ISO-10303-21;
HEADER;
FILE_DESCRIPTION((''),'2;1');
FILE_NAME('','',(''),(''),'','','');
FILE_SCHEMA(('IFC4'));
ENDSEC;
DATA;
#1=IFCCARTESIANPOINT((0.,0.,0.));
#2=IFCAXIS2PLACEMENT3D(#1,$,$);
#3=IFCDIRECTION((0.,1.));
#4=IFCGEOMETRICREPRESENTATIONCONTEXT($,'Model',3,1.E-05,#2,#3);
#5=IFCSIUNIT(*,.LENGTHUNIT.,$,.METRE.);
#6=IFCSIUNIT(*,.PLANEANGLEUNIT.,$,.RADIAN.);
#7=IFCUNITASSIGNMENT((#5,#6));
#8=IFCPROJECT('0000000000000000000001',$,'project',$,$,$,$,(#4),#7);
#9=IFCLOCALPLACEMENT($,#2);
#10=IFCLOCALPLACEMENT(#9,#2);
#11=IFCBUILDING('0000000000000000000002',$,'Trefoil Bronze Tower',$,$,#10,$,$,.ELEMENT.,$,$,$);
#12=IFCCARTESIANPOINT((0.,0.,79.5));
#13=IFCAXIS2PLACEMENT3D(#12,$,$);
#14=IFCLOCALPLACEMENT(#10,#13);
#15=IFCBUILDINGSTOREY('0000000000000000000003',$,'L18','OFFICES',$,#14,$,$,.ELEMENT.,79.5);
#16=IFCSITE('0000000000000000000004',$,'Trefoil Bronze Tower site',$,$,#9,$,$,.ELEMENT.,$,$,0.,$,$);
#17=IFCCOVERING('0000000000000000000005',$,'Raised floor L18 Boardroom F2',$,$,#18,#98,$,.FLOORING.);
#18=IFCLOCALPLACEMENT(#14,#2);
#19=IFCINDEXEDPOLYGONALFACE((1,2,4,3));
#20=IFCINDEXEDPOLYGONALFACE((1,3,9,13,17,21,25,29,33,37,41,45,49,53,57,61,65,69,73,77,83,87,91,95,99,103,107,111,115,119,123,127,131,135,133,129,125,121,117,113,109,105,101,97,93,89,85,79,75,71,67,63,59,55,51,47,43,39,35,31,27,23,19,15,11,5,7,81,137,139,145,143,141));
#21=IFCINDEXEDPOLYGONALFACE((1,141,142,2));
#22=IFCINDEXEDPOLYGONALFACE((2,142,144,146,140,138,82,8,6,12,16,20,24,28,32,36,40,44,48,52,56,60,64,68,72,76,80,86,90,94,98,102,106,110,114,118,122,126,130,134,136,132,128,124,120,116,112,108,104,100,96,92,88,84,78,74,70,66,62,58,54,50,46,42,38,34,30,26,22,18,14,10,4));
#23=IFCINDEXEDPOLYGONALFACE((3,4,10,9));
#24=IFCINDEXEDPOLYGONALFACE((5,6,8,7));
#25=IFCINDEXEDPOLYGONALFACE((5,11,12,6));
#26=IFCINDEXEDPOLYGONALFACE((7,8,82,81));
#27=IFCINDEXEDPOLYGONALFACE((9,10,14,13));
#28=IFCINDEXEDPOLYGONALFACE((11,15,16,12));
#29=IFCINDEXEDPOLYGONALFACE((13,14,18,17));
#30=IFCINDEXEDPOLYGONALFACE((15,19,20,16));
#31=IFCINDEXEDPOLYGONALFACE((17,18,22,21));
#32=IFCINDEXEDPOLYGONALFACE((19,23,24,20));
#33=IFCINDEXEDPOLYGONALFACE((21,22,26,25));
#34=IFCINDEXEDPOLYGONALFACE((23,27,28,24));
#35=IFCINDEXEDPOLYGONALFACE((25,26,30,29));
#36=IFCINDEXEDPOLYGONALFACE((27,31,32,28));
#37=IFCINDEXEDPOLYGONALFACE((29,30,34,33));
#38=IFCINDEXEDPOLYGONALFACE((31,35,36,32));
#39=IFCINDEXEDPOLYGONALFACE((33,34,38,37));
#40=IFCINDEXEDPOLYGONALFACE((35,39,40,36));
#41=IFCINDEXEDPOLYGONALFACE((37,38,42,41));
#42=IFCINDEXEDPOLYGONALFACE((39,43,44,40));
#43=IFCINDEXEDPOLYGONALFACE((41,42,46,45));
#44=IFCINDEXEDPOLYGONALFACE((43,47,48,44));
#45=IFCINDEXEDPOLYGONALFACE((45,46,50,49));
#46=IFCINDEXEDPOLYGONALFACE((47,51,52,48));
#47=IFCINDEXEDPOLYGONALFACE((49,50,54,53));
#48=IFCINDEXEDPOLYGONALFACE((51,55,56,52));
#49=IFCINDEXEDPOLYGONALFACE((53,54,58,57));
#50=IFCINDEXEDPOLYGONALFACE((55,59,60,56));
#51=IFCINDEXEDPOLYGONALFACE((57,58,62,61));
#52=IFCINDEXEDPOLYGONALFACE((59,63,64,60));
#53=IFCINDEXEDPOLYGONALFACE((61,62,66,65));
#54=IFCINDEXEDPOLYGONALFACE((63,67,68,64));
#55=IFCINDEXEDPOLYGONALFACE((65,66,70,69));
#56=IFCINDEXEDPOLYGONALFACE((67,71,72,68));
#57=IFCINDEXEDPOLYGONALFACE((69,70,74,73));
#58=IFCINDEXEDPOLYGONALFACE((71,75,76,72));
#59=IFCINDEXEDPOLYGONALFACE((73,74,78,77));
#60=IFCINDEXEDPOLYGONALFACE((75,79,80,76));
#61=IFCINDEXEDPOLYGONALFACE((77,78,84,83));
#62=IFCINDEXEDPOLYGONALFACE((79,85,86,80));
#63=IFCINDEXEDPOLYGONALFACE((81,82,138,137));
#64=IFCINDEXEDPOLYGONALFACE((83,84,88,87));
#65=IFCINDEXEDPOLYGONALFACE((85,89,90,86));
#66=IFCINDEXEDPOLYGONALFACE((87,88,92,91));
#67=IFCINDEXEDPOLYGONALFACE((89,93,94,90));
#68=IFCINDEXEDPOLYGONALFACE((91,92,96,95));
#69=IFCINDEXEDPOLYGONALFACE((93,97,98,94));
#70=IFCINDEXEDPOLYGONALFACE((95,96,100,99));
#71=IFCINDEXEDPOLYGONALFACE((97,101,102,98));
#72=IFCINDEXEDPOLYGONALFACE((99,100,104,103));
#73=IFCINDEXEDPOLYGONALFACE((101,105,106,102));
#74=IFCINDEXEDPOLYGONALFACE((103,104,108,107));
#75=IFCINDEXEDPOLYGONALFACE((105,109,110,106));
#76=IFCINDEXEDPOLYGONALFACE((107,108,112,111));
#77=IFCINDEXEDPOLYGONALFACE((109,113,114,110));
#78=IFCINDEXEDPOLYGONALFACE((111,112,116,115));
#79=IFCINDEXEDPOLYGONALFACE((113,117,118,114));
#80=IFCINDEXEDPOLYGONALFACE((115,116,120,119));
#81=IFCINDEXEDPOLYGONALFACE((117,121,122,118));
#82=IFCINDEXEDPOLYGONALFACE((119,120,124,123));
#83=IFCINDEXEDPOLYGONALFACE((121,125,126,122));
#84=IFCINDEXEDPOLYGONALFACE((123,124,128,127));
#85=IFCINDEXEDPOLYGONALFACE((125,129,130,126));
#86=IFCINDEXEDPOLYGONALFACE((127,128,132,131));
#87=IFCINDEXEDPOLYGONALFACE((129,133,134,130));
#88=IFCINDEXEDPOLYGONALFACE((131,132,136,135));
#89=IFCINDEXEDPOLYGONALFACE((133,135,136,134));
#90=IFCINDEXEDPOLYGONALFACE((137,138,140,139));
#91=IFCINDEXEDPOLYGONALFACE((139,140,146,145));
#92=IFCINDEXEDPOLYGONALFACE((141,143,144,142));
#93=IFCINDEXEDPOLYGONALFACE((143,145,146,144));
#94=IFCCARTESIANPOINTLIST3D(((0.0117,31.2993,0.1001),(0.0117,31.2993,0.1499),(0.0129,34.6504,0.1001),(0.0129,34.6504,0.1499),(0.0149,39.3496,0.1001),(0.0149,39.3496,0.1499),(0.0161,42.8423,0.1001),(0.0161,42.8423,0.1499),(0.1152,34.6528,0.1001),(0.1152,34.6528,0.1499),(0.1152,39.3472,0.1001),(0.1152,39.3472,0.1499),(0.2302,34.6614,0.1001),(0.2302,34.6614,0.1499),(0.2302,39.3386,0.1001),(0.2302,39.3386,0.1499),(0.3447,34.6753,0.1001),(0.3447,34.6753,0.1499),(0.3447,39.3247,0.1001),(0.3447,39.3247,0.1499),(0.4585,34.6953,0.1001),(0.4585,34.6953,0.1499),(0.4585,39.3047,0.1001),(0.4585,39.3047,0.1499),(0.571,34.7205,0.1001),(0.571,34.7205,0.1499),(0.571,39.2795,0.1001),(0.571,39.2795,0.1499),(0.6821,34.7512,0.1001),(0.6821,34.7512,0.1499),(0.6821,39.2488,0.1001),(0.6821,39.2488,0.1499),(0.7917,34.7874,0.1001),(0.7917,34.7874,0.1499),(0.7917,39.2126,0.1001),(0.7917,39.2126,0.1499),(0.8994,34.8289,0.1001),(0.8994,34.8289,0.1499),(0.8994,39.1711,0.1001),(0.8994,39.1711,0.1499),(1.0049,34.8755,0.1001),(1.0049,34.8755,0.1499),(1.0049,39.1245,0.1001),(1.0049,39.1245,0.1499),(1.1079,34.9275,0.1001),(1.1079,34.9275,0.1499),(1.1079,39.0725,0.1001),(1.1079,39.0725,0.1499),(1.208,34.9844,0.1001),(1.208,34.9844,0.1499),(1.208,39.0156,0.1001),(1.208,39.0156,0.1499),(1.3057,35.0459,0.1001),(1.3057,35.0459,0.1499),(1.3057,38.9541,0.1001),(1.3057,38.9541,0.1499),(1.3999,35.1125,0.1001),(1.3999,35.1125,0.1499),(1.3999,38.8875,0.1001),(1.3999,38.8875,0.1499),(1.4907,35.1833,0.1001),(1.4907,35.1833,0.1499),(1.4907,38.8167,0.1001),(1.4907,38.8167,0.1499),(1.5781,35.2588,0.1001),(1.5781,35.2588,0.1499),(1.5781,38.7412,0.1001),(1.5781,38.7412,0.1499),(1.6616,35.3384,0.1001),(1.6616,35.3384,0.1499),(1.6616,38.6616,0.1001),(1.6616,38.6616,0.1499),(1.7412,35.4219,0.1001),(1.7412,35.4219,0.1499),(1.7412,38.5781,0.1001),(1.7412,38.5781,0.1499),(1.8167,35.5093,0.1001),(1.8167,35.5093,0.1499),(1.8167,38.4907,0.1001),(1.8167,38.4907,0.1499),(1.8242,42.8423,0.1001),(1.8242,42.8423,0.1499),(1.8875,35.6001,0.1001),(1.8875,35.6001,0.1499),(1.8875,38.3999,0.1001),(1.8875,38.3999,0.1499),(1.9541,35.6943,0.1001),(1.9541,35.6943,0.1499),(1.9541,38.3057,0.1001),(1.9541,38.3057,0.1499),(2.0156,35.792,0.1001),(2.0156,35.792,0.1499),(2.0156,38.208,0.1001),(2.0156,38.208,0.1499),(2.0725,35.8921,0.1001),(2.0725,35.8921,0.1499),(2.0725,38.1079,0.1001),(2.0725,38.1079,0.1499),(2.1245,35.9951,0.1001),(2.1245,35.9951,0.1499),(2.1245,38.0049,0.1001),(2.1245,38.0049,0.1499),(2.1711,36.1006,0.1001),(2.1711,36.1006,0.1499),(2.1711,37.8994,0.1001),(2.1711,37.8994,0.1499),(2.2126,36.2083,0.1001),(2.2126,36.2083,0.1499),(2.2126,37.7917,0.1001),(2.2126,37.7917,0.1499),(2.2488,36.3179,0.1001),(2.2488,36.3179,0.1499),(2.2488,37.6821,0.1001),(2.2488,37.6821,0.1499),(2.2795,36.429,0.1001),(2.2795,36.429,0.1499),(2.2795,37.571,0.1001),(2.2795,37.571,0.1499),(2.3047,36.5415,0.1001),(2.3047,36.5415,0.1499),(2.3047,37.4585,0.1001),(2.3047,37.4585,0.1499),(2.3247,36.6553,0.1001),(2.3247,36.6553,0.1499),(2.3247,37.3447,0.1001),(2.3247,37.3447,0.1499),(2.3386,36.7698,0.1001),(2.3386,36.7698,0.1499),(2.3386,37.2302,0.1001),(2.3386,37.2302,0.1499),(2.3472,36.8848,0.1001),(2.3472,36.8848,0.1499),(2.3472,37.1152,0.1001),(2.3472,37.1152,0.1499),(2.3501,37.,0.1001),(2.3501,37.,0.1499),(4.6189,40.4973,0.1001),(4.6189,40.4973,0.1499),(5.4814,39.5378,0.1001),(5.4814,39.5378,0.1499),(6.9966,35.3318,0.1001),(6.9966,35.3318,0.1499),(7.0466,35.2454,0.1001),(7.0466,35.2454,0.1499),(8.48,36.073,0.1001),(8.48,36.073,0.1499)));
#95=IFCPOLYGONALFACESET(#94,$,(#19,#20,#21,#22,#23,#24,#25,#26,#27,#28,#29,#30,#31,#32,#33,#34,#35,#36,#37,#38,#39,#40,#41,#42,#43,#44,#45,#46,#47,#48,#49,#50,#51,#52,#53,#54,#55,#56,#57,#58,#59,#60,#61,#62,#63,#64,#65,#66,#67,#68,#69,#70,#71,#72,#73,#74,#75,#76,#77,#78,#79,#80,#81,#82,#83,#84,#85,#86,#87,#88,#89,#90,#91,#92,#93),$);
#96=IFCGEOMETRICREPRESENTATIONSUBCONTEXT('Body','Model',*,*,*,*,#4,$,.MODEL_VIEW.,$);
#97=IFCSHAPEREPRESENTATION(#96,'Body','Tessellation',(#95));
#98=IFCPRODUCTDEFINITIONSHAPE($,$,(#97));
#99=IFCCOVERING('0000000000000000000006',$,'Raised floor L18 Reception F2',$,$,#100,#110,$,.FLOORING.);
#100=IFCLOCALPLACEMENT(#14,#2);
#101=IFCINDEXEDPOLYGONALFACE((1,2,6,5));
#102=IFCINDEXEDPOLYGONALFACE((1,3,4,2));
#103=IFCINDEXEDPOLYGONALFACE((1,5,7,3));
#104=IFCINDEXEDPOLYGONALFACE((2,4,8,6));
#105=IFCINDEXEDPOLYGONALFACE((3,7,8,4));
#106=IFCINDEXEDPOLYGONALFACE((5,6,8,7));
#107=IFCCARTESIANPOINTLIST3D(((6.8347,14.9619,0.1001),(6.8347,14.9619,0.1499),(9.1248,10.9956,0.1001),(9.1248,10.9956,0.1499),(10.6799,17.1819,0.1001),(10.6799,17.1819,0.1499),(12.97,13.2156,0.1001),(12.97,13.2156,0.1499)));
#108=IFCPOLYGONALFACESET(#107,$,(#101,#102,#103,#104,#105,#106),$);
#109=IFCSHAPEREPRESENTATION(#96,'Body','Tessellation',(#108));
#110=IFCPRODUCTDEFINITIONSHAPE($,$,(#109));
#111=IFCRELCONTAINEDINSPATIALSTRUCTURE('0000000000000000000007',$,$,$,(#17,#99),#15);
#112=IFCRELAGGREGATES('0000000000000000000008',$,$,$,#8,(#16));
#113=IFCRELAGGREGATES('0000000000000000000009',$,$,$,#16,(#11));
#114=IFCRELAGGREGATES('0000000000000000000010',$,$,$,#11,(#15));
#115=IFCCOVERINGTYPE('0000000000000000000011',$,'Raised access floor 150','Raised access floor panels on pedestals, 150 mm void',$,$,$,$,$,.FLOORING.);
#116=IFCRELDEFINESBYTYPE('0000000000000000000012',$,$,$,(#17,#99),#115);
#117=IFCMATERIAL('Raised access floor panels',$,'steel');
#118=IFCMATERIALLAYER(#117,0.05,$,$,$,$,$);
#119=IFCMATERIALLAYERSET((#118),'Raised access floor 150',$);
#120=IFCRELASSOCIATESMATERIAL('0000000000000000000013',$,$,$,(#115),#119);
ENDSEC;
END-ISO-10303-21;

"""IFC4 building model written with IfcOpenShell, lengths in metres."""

from ifc_helpers import new_model, si_unit, direction, frame, origin, place, context, subcontext, project, spatial, polyline, outline, extrude, material, layer, layer_set, type_object, element, save


model = new_model("IFC4")

# Units and contexts
model_context = context("Model", 3, precision=1e-05, world=origin(), true_north=direction((0.0, 1.0)))
body_context = subcontext(model_context, "Body", "Model", "MODEL_VIEW")
ifc_project = project(units=[si_unit("LENGTHUNIT", "METRE"), si_unit("PLANEANGLEUNIT", "RADIAN")], contexts=[model_context])

# Site, building, storey
site_placement = place(None, origin())
site = spatial("IfcSite", under=ifc_project, at=site_placement, Name="Trefoil Bronze Tower site", CompositionType="ELEMENT", RefElevation=0.0)
building_placement = place(site_placement, origin())
building = spatial("IfcBuilding", under=site, at=building_placement, Name="Trefoil Bronze Tower", CompositionType="ELEMENT")
storey_placement = place(building_placement, frame((0.0, 0.0, 79.5)))
storey = spatial("IfcBuildingStorey", under=building, at=storey_placement, Name="L18", Description="OFFICES", CompositionType="ELEMENT", Elevation=79.5)

# Coverings
ifc_material_1 = material(Name="Raised access floor panels", Category="steel")
ifc_layer_1 = layer(ifc_material_1, 0.05)
ifc_layer_set_1 = layer_set([ifc_layer_1], Name="Raised access floor 150")
covering_type_1 = type_object("IfcCoveringType", Name="Raised access floor 150", Description="Raised access floor panels on pedestals, 150 mm void", PredefinedType="FLOORING", material=ifc_layer_set_1)
covering_1_placement = place(storey_placement, frame((0.0, 0.0, 0.1001)))
element("IfcCovering", 1, at=covering_1_placement, inside=storey, type_object=covering_type_1, Name="Raised floor L18 Boardroom F2", PredefinedType="FLOORING", context=body_context, shape_type="SweptSolid", body=[
    extrude(outline(polyline([(8.48, 36.073), (7.0466, 35.2454), (6.9966, 35.3318), (0.0117, 31.2993), (0.0129, 34.6504), (0.1152, 34.6528), (0.2302, 34.6614), (0.3447, 34.6753), (0.4585, 34.6953), (0.571, 34.7205), (0.6821, 34.7512), (0.7917, 34.7874), (0.8994, 34.8289), (1.0049, 34.8755), (1.1079, 34.9275), (1.208, 34.9844), (1.3057, 35.0459), (1.3999, 35.1125), (1.4907, 35.1833), (1.5781, 35.2588), (1.6616, 35.3384), (1.7412, 35.4219), (1.8167, 35.5093), (1.8875, 35.6001), (1.9541, 35.6943), (2.0156, 35.792), (2.0725, 35.8921), (2.1245, 35.9951), (2.1711, 36.1006), (2.2126, 36.2083), (2.2488, 36.3179), (2.2795, 36.429), (2.3047, 36.5415), (2.3247, 36.6553), (2.3386, 36.7698), (2.3472, 36.8848), (2.3501, 37.0), (2.3472, 37.1152), (2.3386, 37.2302), (2.3247, 37.3447), (2.3047, 37.4585), (2.2795, 37.571), (2.2488, 37.6821), (2.2126, 37.7917), (2.1711, 37.8994), (2.1245, 38.0049), (2.0725, 38.1079), (2.0156, 38.208), (1.9541, 38.3057), (1.8875, 38.3999), (1.8167, 38.4907), (1.7412, 38.5781), (1.6616, 38.6616), (1.5781, 38.7412), (1.4907, 38.8167), (1.3999, 38.8875), (1.3057, 38.9541), (1.208, 39.0156), (1.1079, 39.0725), (1.0049, 39.1245), (0.8994, 39.1711), (0.7917, 39.2126), (0.6821, 39.2488), (0.571, 39.2795), (0.4585, 39.3047), (0.3447, 39.3247), (0.2302, 39.3386), (0.1152, 39.3472), (0.0149, 39.3496), (0.0161, 42.8423), (1.8242, 42.8423), (4.6189, 40.4973), (5.4814, 39.5378), (8.48, 36.073)])), origin(), (0.0, 0.0, 1.0), 0.0498),
])
covering_2_placement = place(storey_placement, frame((0.0, 0.0, 0.1001)))
element("IfcCovering", 2, at=covering_2_placement, inside=storey, type_object=covering_type_1, Name="Raised floor L18 Reception F2", PredefinedType="FLOORING", context=body_context, shape_type="SweptSolid", body=[
    extrude(outline(polyline([(6.8347, 14.9619), (10.6799, 17.1819), (12.97, 13.2156), (9.1248, 10.9956), (6.8347, 14.9619)])), origin(), (0.0, 0.0, 1.0), 0.0498),
])

save(model, "model.ifc")
